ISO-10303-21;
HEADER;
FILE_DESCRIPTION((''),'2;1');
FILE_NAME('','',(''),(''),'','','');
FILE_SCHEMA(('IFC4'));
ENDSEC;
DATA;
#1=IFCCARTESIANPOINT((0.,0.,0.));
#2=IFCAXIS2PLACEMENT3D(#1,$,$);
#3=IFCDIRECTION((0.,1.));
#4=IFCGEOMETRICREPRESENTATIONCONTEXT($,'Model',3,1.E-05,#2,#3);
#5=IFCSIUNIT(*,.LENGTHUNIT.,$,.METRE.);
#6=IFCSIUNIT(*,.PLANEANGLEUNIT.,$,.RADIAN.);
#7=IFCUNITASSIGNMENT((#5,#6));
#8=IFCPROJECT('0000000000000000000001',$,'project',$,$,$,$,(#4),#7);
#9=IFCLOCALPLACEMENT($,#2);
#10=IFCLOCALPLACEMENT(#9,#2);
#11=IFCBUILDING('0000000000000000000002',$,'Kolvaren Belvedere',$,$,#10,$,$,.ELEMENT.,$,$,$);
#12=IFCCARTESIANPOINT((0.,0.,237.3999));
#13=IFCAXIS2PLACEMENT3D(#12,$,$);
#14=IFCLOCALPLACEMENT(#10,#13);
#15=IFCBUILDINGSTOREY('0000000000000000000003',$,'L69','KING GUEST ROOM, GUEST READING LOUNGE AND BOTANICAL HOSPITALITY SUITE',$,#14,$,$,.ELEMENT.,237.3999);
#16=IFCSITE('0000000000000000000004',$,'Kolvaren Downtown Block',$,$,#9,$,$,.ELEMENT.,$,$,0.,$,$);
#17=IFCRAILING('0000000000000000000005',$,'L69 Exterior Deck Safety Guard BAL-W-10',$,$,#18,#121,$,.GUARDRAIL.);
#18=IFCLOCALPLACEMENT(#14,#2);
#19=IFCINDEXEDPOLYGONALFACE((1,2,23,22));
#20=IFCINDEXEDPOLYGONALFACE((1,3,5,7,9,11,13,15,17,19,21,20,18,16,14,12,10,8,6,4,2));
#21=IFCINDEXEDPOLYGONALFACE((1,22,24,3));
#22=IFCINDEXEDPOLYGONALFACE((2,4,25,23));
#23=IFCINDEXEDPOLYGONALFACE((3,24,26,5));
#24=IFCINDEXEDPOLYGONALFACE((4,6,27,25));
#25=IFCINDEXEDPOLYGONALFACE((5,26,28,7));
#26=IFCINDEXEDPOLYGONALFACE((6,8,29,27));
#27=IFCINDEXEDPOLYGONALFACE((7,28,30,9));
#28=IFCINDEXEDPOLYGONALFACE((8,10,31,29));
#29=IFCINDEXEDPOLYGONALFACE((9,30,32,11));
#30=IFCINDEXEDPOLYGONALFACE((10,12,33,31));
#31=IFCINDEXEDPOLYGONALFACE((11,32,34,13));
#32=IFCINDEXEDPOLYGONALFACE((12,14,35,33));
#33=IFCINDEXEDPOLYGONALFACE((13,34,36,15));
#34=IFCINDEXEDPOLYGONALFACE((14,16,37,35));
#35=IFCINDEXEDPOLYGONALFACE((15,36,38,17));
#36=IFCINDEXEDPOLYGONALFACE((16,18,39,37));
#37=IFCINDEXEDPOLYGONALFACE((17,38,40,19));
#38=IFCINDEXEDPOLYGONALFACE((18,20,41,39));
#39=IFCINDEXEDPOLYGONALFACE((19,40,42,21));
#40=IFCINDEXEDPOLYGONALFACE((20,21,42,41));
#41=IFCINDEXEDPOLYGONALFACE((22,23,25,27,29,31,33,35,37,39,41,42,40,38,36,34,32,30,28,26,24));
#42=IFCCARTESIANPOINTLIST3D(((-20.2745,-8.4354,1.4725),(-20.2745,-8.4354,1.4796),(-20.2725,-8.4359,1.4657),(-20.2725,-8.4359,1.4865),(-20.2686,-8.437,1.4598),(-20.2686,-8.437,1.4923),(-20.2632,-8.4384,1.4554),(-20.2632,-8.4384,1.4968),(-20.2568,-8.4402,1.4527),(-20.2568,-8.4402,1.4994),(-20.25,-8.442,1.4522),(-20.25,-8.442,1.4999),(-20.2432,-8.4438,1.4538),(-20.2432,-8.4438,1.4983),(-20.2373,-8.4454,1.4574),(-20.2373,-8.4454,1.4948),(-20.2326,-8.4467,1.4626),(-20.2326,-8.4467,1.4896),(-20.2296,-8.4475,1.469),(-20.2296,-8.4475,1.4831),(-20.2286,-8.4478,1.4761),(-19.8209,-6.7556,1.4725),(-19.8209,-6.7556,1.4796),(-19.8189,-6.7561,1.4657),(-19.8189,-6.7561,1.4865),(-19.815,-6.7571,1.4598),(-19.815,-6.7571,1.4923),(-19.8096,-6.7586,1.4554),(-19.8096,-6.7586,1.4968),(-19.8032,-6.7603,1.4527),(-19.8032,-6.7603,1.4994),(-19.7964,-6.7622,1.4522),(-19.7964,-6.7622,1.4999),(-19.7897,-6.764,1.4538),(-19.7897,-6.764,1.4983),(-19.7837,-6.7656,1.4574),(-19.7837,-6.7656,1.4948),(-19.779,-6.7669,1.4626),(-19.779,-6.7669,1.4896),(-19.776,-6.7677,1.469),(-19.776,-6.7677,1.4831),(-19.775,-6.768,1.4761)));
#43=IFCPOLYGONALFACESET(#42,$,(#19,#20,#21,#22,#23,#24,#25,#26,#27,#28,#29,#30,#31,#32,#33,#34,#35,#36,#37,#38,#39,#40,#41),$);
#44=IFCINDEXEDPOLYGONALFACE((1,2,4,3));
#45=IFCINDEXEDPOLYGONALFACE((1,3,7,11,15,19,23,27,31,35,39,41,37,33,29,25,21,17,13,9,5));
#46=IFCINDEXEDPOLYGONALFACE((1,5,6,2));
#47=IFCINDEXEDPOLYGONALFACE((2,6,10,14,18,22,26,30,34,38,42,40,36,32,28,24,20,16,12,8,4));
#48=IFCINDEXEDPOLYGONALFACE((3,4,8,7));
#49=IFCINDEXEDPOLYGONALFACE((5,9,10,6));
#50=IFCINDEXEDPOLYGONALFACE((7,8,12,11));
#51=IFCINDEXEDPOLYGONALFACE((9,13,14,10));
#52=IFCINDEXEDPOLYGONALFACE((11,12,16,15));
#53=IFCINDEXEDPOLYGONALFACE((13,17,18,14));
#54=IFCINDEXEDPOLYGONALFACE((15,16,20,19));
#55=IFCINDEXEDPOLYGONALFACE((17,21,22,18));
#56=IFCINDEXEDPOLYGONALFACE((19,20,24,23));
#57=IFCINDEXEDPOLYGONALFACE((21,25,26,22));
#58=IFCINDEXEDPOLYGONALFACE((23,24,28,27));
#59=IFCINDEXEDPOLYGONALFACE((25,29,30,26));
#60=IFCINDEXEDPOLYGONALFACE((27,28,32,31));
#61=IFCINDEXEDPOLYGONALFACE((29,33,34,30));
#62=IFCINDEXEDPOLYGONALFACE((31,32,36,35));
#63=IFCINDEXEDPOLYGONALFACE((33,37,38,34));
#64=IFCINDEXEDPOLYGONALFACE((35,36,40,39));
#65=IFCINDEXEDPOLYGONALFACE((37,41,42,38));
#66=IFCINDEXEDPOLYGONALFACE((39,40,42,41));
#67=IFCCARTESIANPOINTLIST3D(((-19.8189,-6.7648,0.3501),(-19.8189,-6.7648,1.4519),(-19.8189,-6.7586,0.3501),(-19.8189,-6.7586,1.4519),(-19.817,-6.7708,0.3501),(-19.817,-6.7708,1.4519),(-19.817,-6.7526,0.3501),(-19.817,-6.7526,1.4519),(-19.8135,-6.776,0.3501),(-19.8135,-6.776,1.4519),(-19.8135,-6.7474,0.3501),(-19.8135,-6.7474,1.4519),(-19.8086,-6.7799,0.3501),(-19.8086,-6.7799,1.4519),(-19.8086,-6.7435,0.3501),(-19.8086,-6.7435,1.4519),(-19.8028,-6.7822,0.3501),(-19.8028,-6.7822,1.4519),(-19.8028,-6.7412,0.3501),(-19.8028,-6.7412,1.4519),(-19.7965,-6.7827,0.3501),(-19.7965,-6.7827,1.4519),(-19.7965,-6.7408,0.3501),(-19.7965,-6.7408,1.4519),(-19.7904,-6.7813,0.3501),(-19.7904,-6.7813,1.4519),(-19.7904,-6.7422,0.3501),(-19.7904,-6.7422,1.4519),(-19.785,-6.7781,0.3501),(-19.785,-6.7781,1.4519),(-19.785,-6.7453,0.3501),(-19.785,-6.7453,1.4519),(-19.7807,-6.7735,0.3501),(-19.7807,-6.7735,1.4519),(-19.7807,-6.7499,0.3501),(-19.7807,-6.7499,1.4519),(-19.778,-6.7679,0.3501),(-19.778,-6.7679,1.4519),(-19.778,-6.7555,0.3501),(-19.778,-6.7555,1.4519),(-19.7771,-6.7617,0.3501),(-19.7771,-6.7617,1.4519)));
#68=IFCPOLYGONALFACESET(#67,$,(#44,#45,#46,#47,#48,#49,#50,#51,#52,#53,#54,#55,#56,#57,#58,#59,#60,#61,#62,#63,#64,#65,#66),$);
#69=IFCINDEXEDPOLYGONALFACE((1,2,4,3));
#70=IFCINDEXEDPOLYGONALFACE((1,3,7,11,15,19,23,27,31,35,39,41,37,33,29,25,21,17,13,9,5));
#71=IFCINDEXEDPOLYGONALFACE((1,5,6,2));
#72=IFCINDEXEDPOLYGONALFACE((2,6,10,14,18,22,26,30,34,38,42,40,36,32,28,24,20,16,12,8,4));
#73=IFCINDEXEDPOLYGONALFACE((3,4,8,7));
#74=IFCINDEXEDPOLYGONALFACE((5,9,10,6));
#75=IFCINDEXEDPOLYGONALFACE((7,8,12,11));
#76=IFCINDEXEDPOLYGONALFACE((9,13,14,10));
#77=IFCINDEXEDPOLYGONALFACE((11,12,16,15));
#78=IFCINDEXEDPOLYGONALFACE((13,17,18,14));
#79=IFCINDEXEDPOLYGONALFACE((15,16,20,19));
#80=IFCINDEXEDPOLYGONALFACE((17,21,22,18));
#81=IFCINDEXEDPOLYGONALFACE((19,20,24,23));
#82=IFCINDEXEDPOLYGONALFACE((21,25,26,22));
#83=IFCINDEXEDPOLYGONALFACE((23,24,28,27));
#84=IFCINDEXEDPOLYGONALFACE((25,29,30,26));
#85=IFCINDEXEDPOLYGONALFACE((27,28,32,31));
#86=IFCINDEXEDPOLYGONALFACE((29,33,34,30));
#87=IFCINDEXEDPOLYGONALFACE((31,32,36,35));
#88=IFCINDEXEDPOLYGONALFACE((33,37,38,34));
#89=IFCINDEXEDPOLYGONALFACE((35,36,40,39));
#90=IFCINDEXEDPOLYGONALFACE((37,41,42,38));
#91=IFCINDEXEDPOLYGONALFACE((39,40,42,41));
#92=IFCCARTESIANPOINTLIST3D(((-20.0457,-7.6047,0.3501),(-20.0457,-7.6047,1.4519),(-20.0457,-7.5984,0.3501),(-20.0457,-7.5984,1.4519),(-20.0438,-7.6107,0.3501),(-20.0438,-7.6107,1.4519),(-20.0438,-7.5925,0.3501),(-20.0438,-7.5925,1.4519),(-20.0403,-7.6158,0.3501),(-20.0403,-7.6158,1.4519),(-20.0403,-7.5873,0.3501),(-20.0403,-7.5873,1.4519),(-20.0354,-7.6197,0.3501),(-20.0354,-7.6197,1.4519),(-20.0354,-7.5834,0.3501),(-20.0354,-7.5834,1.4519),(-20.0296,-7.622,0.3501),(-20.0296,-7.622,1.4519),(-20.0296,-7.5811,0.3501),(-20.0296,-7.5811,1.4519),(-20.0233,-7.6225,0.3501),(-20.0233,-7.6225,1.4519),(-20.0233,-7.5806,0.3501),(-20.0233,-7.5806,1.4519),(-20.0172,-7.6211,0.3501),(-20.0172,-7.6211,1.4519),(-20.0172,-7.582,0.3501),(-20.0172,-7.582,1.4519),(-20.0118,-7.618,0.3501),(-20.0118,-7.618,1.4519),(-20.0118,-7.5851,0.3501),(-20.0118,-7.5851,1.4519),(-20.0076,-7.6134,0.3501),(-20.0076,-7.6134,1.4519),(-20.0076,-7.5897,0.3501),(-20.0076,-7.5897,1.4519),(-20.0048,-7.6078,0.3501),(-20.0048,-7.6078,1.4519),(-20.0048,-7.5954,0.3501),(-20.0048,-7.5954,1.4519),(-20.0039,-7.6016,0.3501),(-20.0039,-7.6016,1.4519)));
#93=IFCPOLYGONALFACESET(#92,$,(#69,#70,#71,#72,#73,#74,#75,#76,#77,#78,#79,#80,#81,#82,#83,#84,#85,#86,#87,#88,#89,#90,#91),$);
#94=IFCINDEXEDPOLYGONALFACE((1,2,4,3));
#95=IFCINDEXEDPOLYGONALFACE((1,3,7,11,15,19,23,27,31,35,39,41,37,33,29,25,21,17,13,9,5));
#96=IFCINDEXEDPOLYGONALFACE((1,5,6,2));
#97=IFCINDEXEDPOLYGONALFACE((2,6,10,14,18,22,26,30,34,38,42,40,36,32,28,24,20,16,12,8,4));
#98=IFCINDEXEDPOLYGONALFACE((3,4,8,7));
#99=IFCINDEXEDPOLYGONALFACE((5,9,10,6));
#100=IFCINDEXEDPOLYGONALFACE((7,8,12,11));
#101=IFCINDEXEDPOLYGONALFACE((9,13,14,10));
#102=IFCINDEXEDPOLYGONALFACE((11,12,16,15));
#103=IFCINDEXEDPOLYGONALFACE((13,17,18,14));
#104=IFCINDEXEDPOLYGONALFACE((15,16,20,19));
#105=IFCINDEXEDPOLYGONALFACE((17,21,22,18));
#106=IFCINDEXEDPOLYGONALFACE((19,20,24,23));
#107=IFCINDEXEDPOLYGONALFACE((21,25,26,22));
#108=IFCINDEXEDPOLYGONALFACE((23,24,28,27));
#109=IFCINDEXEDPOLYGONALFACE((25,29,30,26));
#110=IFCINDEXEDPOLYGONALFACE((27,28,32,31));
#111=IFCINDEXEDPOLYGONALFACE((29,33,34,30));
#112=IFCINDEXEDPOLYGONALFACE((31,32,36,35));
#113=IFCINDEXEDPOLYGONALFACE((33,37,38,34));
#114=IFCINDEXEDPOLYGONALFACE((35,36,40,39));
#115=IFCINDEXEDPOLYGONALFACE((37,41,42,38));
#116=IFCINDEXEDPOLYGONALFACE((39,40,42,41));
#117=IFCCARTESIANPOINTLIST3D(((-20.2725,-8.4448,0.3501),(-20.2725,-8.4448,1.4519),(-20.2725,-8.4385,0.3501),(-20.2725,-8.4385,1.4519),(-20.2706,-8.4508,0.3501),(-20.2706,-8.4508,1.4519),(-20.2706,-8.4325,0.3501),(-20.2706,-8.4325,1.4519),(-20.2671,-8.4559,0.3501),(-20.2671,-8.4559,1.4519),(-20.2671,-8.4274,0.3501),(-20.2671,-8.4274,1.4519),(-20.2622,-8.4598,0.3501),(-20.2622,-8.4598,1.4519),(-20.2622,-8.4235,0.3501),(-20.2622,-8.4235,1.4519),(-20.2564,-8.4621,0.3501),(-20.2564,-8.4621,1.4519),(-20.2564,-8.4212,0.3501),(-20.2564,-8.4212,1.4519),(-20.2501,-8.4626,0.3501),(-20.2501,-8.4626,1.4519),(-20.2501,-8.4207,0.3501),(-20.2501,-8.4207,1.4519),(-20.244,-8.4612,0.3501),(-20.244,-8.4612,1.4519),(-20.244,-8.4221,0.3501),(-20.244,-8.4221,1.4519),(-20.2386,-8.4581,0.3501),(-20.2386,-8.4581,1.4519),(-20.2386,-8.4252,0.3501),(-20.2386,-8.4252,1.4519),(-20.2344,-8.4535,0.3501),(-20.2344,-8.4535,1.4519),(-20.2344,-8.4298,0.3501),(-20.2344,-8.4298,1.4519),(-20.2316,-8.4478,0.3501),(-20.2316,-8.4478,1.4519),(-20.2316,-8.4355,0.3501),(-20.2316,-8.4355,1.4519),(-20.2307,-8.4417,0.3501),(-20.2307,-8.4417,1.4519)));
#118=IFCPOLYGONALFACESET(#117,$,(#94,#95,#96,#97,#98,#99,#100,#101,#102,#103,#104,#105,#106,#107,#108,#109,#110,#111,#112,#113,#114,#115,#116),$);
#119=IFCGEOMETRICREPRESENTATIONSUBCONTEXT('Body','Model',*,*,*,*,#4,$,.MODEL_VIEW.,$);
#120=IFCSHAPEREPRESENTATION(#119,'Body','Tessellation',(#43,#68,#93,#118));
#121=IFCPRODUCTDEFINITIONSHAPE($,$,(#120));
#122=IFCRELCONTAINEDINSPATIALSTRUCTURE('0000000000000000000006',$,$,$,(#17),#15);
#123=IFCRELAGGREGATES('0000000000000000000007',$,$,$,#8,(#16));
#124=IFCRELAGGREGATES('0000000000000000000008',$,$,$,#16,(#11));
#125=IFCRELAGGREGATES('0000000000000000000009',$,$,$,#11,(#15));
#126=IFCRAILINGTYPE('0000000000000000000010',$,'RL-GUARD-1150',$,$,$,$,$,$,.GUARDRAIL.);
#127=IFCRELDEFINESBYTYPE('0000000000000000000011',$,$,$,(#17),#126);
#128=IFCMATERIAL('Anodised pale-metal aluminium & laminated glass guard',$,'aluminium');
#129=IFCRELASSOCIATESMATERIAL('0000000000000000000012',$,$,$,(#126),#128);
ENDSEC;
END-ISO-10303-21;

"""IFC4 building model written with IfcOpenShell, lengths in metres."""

from ifc_helpers import new_model, si_unit, direction, frame, origin, origin_2d, place, context, subcontext, project, spatial, circle, extrude, material, type_object, element, save


model = new_model("IFC4")

# Units and contexts
model_context = context("Model", 3, precision=1e-05, world=origin(), true_north=direction((0.0, 1.0)))
body_context = subcontext(model_context, "Body", "Model", "MODEL_VIEW")
ifc_project = project(units=[si_unit("LENGTHUNIT", "METRE"), si_unit("PLANEANGLEUNIT", "RADIAN")], contexts=[model_context])

# Site, building, storey
site_placement = place(None, origin())
site = spatial("IfcSite", under=ifc_project, at=site_placement, Name="Kolvaren Downtown Block", CompositionType="ELEMENT", RefElevation=0.0)
building_placement = place(site_placement, origin())
building = spatial("IfcBuilding", under=site, at=building_placement, Name="Kolvaren Belvedere", CompositionType="ELEMENT")
storey_placement = place(building_placement, frame((0.0, 0.0, 237.3999)))
storey = spatial("IfcBuildingStorey", under=building, at=storey_placement, Name="L69", Description="KING GUEST ROOM, GUEST READING LOUNGE AND BOTANICAL HOSPITALITY SUITE", CompositionType="ELEMENT", Elevation=237.3999)

# Railing
ifc_material_1 = material(Name="Anodised pale-metal aluminium & laminated glass guard", Category="aluminium")
railing_type = type_object("IfcRailingType", Name="RL-GUARD-1150", PredefinedType="GUARDRAIL", material=ifc_material_1)
railing_1_placement = place(storey_placement, frame((-19.7981, -6.7617, 0.3501)))
element("IfcRailing", 1, at=railing_1_placement, inside=storey, type_object=railing_type, Name="L69 Exterior Deck Safety Guard BAL-W-10", PredefinedType="GUARDRAIL", context=body_context, shape_type="SweptSolid", body=[
    extrude(circle(Radius=0.0239, at=origin_2d()), frame((0.0, 0.0, 1.126), z_axis=(-0.260683, -0.965424, 0.0), x_axis=(0.965424, -0.260683, 0.0)), (0.0, 0.0, 1.0), 1.74),
    extrude(circle(Radius=0.021, at=origin_2d()), origin(), (0.0, 0.0, 1.0), 1.1018),
    extrude(circle(Radius=0.021, at=origin_2d()), frame((-0.2268, -0.8398, 0.0)), (0.0, 0.0, 1.0), 1.1018),
    extrude(circle(Radius=0.021, at=origin_2d()), frame((-0.4536, -1.6799, 0.0)), (0.0, 0.0, 1.0), 1.1018),
])

save(model, "model.ifc")
